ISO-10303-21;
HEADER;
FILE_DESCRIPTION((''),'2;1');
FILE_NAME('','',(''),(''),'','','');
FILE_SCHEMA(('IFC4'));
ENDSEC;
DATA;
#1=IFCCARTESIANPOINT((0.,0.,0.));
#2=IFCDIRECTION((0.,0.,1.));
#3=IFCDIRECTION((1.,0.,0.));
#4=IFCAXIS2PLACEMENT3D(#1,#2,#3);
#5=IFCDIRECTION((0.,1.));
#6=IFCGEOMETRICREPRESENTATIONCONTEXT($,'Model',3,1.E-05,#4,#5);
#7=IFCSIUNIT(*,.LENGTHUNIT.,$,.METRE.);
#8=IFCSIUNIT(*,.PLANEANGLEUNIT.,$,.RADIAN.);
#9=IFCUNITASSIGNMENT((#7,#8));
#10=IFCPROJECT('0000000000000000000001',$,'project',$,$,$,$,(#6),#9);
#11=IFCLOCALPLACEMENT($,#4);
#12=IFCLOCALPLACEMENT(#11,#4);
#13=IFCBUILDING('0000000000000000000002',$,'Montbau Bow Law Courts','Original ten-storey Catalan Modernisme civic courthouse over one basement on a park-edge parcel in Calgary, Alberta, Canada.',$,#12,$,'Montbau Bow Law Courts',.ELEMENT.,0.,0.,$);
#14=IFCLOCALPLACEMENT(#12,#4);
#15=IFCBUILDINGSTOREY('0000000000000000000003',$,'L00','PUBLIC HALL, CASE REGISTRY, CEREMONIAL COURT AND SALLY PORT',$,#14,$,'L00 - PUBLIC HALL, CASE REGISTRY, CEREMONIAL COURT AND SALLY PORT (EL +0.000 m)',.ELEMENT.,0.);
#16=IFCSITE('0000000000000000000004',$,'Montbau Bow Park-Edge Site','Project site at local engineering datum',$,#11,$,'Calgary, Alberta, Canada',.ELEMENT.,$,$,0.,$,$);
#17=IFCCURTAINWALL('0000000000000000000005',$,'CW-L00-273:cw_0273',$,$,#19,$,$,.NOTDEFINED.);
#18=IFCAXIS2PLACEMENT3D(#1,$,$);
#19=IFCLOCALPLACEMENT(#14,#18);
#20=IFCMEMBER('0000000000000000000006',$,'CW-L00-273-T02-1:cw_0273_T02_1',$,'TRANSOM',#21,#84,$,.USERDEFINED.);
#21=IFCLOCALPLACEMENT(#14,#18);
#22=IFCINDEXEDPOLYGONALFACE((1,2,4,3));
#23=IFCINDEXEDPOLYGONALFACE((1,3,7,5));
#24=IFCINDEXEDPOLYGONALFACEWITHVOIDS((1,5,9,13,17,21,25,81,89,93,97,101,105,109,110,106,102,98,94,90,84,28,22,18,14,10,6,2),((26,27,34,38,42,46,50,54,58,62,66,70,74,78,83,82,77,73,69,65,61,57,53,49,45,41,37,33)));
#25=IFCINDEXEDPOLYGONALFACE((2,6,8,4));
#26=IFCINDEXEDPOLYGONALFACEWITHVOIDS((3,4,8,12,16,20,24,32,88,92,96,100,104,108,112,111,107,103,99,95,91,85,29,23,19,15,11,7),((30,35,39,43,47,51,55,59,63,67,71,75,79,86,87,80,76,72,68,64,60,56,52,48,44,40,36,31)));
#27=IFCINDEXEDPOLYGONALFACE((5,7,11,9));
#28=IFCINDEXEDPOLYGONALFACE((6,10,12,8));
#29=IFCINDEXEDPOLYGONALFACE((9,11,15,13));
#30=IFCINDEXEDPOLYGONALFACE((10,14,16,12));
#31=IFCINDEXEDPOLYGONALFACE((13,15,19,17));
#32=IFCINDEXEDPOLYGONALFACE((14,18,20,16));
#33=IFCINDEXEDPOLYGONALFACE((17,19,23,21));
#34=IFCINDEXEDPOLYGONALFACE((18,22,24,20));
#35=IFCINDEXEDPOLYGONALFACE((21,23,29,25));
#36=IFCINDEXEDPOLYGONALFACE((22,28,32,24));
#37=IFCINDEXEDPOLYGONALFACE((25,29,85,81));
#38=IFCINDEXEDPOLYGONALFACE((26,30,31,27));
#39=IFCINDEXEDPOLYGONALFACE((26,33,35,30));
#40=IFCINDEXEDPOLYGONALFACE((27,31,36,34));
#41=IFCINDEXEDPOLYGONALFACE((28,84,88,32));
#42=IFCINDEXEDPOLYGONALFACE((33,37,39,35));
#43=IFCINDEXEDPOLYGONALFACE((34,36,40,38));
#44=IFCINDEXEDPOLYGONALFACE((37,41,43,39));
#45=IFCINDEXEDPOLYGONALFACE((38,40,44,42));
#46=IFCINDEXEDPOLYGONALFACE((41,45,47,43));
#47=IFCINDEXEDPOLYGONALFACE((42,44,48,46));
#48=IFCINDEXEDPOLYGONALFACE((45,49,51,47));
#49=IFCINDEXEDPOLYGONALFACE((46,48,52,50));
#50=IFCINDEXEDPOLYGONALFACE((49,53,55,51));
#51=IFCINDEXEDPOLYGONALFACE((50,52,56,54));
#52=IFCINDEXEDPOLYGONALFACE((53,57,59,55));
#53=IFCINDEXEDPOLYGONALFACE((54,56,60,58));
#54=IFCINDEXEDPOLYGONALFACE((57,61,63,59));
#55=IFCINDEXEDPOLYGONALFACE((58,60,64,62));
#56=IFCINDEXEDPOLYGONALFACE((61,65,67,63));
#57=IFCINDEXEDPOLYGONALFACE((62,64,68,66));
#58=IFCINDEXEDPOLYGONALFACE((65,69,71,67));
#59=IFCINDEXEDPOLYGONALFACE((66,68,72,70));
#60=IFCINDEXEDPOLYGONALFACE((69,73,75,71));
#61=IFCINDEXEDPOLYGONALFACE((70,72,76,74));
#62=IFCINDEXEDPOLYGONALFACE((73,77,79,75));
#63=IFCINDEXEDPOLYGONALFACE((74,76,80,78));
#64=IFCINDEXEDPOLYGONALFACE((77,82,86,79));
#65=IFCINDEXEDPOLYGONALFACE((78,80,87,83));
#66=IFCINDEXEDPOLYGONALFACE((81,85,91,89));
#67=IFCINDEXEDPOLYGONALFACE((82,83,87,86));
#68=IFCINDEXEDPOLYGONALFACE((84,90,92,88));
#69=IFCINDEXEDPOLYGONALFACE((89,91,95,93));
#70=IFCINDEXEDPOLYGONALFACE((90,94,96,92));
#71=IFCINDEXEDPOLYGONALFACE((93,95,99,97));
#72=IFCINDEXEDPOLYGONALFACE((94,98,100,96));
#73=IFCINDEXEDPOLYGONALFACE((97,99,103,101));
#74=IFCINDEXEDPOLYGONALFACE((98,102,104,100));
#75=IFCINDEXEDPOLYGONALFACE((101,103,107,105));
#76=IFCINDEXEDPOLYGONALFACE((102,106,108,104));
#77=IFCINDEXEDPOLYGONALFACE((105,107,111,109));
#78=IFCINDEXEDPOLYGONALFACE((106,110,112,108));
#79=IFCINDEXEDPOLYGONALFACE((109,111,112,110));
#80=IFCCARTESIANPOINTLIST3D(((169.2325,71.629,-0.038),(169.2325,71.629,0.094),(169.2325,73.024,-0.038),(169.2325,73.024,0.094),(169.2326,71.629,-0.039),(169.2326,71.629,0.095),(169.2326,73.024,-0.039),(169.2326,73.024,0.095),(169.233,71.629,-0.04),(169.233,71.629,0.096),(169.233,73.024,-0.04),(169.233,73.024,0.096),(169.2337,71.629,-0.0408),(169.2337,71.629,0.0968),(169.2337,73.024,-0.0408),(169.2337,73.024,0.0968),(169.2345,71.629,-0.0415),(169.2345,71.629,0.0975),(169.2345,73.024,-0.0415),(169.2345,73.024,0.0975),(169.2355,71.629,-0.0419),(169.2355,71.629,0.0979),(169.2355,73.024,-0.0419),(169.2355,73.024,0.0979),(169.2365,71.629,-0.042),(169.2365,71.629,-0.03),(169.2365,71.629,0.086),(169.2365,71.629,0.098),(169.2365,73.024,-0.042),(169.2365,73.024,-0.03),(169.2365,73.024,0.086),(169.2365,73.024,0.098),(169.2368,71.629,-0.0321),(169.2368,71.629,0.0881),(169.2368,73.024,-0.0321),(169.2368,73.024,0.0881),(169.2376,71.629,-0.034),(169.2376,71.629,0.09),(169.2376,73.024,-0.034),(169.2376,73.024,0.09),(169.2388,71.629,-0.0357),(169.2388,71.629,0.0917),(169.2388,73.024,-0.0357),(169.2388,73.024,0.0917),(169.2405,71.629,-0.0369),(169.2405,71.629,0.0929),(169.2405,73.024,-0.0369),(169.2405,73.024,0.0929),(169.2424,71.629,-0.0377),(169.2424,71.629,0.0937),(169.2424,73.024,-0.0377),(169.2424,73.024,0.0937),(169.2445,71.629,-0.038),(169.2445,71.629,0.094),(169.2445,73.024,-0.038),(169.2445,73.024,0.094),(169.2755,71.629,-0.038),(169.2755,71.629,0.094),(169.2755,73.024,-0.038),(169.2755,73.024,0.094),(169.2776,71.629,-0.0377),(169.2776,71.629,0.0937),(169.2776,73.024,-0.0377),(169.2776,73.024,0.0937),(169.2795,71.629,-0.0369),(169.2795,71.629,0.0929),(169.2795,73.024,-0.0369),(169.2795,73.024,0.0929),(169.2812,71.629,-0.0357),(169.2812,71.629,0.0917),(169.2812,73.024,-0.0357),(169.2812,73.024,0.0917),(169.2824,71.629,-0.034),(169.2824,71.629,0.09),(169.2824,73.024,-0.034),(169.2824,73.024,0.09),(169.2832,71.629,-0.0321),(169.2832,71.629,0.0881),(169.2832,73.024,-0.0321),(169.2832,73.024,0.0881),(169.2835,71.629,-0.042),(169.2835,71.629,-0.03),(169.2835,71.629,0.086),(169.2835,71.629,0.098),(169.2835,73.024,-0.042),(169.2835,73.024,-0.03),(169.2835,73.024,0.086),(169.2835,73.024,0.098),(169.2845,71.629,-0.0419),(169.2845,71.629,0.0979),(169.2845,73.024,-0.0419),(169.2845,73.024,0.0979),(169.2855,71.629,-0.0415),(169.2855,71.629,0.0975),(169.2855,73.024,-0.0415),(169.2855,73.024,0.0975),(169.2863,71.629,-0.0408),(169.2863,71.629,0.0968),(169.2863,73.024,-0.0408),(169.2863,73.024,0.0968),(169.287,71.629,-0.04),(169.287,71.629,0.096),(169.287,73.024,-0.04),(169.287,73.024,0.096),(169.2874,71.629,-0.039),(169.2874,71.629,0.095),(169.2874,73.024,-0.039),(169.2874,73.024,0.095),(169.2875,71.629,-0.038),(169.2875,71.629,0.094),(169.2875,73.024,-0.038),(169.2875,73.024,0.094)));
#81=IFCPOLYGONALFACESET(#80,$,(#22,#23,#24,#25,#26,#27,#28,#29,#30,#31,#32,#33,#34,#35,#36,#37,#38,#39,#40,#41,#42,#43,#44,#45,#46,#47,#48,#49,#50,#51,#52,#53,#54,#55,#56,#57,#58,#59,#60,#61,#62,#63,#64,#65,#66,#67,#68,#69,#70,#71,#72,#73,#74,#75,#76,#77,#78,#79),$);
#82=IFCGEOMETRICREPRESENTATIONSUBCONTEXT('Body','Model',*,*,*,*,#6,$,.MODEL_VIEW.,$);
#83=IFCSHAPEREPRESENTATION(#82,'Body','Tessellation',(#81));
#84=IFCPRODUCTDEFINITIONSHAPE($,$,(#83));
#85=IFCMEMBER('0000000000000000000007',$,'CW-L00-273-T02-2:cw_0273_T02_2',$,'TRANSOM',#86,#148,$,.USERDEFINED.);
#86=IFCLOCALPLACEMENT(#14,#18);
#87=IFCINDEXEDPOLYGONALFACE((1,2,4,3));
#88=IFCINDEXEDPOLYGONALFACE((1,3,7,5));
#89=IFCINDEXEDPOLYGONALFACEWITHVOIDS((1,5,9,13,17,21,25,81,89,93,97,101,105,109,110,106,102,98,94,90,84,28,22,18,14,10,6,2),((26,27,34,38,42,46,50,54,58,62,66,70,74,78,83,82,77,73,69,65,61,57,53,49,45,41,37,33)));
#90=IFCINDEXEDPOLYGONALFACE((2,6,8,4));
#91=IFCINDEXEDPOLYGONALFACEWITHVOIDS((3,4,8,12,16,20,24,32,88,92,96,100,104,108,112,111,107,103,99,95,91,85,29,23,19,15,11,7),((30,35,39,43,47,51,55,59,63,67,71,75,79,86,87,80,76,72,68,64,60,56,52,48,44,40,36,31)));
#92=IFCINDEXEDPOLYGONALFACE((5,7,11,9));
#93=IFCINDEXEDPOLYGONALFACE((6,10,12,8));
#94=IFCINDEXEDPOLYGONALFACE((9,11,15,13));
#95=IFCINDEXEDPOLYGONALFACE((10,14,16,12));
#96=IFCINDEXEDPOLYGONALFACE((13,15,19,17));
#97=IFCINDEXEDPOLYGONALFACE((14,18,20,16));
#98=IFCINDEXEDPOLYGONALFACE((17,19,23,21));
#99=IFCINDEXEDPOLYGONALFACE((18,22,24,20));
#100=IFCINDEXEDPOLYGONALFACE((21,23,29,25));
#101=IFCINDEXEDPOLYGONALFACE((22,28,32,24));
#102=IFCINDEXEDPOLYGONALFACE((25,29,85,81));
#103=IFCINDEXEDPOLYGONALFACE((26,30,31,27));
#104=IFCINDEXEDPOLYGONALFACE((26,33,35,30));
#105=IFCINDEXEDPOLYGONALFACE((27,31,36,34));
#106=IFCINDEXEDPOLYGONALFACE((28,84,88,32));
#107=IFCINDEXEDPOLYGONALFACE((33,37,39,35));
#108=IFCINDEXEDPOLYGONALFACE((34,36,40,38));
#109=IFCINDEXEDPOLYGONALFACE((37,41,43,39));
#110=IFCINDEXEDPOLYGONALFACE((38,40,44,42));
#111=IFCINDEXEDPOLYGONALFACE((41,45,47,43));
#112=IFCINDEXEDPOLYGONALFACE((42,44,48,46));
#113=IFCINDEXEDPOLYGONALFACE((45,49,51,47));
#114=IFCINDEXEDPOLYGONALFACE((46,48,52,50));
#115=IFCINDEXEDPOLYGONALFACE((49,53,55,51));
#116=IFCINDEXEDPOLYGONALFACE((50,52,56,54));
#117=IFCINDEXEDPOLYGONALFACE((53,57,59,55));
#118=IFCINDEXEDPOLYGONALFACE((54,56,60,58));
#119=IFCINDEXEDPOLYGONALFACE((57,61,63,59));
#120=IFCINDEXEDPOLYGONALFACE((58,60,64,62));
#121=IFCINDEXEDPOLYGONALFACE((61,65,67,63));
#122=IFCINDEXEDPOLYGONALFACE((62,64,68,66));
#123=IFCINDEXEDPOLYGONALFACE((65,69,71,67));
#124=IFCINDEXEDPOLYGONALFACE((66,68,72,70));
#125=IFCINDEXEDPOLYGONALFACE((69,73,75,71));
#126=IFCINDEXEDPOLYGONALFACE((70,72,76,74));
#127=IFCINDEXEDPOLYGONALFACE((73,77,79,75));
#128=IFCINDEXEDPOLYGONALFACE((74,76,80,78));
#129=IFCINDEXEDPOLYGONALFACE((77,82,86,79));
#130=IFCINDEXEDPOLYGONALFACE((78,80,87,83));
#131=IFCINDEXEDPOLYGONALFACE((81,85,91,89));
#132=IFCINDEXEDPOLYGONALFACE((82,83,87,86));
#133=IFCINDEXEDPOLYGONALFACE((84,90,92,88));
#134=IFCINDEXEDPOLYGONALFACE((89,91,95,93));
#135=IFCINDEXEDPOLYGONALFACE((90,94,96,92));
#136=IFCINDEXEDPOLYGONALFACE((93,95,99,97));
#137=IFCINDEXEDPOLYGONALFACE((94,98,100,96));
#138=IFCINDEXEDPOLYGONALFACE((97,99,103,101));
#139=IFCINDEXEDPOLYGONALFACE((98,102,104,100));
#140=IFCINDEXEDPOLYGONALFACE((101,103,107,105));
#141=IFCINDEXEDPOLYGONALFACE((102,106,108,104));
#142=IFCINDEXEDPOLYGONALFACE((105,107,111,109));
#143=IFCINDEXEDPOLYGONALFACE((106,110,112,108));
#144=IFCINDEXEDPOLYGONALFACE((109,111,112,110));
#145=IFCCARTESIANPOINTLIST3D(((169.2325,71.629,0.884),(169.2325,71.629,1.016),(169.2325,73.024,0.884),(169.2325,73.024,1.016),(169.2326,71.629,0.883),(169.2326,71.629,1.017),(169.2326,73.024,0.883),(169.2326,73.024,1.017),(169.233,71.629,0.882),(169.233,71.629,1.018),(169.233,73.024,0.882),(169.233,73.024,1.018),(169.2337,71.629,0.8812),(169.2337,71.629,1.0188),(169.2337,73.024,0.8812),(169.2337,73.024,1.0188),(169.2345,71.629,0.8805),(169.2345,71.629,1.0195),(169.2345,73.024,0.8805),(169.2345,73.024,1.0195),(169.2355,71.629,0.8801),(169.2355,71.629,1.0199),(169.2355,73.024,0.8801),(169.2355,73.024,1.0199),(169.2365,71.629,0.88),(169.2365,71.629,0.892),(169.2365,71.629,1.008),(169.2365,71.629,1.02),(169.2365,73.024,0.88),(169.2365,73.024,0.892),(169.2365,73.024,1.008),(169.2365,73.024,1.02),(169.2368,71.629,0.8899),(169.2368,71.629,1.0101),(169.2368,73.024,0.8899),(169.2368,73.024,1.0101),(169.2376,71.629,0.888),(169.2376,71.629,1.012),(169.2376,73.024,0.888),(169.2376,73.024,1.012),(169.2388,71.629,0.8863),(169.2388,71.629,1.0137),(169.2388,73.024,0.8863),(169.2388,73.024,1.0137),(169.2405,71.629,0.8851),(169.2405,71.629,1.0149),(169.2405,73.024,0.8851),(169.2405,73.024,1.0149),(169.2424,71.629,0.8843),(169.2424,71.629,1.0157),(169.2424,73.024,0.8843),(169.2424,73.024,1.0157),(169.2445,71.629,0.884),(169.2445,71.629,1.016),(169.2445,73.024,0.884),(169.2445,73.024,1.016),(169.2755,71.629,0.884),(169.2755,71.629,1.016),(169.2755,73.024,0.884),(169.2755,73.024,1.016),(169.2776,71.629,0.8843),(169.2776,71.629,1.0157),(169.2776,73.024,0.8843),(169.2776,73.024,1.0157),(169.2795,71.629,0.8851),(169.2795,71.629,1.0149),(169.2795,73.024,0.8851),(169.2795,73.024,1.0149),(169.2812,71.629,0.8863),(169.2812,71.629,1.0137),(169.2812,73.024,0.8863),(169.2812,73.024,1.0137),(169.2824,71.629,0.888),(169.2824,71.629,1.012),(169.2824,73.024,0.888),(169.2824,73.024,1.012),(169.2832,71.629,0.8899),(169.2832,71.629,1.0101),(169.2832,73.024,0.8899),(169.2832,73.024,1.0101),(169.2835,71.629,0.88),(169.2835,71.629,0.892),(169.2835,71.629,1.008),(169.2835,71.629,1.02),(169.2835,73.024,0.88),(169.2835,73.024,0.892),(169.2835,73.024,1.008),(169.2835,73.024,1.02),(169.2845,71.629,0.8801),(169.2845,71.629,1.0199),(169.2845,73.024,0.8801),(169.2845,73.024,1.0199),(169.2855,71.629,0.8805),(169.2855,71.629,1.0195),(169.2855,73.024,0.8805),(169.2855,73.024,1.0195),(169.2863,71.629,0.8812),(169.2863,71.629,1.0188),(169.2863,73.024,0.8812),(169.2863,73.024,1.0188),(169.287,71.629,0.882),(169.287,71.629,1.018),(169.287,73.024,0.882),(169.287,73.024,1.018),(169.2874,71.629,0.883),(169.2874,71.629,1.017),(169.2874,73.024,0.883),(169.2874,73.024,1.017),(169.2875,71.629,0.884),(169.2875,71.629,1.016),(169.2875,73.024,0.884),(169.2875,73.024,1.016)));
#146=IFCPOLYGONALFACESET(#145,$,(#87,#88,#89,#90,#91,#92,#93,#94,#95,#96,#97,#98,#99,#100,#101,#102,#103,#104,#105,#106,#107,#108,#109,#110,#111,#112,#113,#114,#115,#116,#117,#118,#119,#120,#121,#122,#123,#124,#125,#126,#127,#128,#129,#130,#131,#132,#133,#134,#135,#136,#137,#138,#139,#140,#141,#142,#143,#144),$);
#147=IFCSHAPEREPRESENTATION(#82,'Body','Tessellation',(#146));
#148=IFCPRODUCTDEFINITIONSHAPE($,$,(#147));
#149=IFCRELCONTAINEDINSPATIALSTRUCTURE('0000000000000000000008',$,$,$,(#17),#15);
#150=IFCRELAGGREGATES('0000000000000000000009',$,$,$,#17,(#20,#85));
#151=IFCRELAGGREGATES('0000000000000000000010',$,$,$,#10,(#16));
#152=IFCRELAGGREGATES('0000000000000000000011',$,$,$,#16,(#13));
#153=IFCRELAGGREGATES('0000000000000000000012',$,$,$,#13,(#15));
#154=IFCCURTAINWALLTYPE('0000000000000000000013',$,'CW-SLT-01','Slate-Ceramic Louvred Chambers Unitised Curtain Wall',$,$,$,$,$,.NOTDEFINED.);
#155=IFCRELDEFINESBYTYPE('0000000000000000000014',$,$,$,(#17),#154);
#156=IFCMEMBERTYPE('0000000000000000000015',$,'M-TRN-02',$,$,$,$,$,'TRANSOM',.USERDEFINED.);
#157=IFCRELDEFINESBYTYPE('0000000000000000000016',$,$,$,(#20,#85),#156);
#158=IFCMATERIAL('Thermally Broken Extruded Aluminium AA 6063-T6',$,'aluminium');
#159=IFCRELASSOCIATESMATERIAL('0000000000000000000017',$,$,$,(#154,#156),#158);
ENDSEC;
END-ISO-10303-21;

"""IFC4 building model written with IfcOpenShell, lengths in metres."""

from ifc_helpers import new_model, si_unit, direction, frame, origin_with_axes, origin_2d_with_axis, place, context, subcontext, project, spatial, hollow_rectangle, extrude, material, material_profile, profile_set, type_object, element, aggregate, save


model = new_model("IFC4")

# Units and contexts
model_context = context("Model", 3, precision=1e-05, world=origin_with_axes(), true_north=direction((0.0, 1.0)))
body_context = subcontext(model_context, "Body", "Model", "MODEL_VIEW")
ifc_project = project(units=[si_unit("LENGTHUNIT", "METRE"), si_unit("PLANEANGLEUNIT", "RADIAN")], contexts=[model_context])

# Site, building, storey
site_placement = place(None, origin_with_axes())
site = spatial("IfcSite", under=ifc_project, at=site_placement, Name="Montbau Bow Park-Edge Site", Description="Project site at local engineering datum", LongName="Calgary, Alberta, Canada", CompositionType="ELEMENT", RefElevation=0.0)
building_placement = place(site_placement, origin_with_axes())
building = spatial("IfcBuilding", under=site, at=building_placement, Name="Montbau Bow Law Courts", Description="Original ten-storey Catalan Modernisme civic courthouse over one basement on a park-edge parcel in Calgary, Alberta, Canada.", LongName="Montbau Bow Law Courts", CompositionType="ELEMENT", ElevationOfRefHeight=0.0, ElevationOfTerrain=0.0)
storey_placement = place(building_placement, origin_with_axes())
storey = spatial("IfcBuildingStorey", under=building, at=storey_placement, Name="L00", Description="PUBLIC HALL, CASE REGISTRY, CEREMONIAL COURT AND SALLY PORT", LongName="L00 - PUBLIC HALL, CASE REGISTRY, CEREMONIAL COURT AND SALLY PORT (EL +0.000 m)", CompositionType="ELEMENT", Elevation=0.0)

# Curtain wall, members
ifc_material_1 = material(Name="Thermally Broken Extruded Aluminium AA 6063-T6", Category="aluminium")
curtain_wall_type = type_object("IfcCurtainWallType", Name="CW-SLT-01", Description="Slate-Ceramic Louvred Chambers Unitised Curtain Wall", PredefinedType="NOTDEFINED", material=ifc_material_1)
curtain_wall_placement = place(None, frame((169.26, 70.115, 0.0), z_axis=(0.0, 0.0, 1.0), x_axis=(1.0, 0.0, 0.0)))
curtain_wall = element("IfcCurtainWall", 1, at=curtain_wall_placement, inside=storey, type_object=curtain_wall_type, Name="CW-L00-273:cw_0273", PredefinedType="NOTDEFINED")
ifc_material_profile_1 = material_profile(ifc_material_1, hollow_rectangle(XDim=0.055, YDim=0.14, WallThickness=0.004, InnerFilletRadius=0.008, OuterFilletRadius=0.004, at=origin_2d_with_axis()), Name="CWT-140X55", Category="Main", Priority=0)
ifc_profile_set_1 = profile_set([ifc_material_profile_1], Name="Thermally Broken Extruded Aluminium AA 6063-T6")
member_type_1 = type_object("IfcMemberType", Name="M-TRN-02", ElementType="TRANSOM", PredefinedType="USERDEFINED", material=ifc_profile_set_1)
member_1_placement = place(None, frame((169.26, 71.629, 0.028), z_axis=(0.0, 1.0, 0.0), x_axis=(-1.0, 0.0, 0.0)))
member_1 = element("IfcMember", 2, at=member_1_placement, type_object=member_type_1, Name="CW-L00-273-T02-1:cw_0273_T02_1", ObjectType="TRANSOM", PredefinedType="USERDEFINED", context=body_context, shape_type="SweptSolid", body=[
    extrude(hollow_rectangle(XDim=0.055, YDim=0.14, WallThickness=0.004, InnerFilletRadius=0.008, OuterFilletRadius=0.004, at=origin_2d_with_axis()), origin_with_axes(), (0.0, 0.0, 1.0), 1.395),
])
member_2_placement = place(None, frame((169.26, 71.629, 0.95), z_axis=(0.0, 1.0, 0.0), x_axis=(-1.0, 0.0, 0.0)))
member_2 = element("IfcMember", 3, at=member_2_placement, type_object=member_type_1, Name="CW-L00-273-T02-2:cw_0273_T02_2", ObjectType="TRANSOM", PredefinedType="USERDEFINED", context=body_context, shape_type="SweptSolid", body=[
    extrude(hollow_rectangle(XDim=0.055, YDim=0.14, WallThickness=0.004, InnerFilletRadius=0.008, OuterFilletRadius=0.004, at=origin_2d_with_axis()), origin_with_axes(), (0.0, 0.0, 1.0), 1.395),
])
aggregate(curtain_wall, [member_1, member_2])

save(model, "model.ifc")
